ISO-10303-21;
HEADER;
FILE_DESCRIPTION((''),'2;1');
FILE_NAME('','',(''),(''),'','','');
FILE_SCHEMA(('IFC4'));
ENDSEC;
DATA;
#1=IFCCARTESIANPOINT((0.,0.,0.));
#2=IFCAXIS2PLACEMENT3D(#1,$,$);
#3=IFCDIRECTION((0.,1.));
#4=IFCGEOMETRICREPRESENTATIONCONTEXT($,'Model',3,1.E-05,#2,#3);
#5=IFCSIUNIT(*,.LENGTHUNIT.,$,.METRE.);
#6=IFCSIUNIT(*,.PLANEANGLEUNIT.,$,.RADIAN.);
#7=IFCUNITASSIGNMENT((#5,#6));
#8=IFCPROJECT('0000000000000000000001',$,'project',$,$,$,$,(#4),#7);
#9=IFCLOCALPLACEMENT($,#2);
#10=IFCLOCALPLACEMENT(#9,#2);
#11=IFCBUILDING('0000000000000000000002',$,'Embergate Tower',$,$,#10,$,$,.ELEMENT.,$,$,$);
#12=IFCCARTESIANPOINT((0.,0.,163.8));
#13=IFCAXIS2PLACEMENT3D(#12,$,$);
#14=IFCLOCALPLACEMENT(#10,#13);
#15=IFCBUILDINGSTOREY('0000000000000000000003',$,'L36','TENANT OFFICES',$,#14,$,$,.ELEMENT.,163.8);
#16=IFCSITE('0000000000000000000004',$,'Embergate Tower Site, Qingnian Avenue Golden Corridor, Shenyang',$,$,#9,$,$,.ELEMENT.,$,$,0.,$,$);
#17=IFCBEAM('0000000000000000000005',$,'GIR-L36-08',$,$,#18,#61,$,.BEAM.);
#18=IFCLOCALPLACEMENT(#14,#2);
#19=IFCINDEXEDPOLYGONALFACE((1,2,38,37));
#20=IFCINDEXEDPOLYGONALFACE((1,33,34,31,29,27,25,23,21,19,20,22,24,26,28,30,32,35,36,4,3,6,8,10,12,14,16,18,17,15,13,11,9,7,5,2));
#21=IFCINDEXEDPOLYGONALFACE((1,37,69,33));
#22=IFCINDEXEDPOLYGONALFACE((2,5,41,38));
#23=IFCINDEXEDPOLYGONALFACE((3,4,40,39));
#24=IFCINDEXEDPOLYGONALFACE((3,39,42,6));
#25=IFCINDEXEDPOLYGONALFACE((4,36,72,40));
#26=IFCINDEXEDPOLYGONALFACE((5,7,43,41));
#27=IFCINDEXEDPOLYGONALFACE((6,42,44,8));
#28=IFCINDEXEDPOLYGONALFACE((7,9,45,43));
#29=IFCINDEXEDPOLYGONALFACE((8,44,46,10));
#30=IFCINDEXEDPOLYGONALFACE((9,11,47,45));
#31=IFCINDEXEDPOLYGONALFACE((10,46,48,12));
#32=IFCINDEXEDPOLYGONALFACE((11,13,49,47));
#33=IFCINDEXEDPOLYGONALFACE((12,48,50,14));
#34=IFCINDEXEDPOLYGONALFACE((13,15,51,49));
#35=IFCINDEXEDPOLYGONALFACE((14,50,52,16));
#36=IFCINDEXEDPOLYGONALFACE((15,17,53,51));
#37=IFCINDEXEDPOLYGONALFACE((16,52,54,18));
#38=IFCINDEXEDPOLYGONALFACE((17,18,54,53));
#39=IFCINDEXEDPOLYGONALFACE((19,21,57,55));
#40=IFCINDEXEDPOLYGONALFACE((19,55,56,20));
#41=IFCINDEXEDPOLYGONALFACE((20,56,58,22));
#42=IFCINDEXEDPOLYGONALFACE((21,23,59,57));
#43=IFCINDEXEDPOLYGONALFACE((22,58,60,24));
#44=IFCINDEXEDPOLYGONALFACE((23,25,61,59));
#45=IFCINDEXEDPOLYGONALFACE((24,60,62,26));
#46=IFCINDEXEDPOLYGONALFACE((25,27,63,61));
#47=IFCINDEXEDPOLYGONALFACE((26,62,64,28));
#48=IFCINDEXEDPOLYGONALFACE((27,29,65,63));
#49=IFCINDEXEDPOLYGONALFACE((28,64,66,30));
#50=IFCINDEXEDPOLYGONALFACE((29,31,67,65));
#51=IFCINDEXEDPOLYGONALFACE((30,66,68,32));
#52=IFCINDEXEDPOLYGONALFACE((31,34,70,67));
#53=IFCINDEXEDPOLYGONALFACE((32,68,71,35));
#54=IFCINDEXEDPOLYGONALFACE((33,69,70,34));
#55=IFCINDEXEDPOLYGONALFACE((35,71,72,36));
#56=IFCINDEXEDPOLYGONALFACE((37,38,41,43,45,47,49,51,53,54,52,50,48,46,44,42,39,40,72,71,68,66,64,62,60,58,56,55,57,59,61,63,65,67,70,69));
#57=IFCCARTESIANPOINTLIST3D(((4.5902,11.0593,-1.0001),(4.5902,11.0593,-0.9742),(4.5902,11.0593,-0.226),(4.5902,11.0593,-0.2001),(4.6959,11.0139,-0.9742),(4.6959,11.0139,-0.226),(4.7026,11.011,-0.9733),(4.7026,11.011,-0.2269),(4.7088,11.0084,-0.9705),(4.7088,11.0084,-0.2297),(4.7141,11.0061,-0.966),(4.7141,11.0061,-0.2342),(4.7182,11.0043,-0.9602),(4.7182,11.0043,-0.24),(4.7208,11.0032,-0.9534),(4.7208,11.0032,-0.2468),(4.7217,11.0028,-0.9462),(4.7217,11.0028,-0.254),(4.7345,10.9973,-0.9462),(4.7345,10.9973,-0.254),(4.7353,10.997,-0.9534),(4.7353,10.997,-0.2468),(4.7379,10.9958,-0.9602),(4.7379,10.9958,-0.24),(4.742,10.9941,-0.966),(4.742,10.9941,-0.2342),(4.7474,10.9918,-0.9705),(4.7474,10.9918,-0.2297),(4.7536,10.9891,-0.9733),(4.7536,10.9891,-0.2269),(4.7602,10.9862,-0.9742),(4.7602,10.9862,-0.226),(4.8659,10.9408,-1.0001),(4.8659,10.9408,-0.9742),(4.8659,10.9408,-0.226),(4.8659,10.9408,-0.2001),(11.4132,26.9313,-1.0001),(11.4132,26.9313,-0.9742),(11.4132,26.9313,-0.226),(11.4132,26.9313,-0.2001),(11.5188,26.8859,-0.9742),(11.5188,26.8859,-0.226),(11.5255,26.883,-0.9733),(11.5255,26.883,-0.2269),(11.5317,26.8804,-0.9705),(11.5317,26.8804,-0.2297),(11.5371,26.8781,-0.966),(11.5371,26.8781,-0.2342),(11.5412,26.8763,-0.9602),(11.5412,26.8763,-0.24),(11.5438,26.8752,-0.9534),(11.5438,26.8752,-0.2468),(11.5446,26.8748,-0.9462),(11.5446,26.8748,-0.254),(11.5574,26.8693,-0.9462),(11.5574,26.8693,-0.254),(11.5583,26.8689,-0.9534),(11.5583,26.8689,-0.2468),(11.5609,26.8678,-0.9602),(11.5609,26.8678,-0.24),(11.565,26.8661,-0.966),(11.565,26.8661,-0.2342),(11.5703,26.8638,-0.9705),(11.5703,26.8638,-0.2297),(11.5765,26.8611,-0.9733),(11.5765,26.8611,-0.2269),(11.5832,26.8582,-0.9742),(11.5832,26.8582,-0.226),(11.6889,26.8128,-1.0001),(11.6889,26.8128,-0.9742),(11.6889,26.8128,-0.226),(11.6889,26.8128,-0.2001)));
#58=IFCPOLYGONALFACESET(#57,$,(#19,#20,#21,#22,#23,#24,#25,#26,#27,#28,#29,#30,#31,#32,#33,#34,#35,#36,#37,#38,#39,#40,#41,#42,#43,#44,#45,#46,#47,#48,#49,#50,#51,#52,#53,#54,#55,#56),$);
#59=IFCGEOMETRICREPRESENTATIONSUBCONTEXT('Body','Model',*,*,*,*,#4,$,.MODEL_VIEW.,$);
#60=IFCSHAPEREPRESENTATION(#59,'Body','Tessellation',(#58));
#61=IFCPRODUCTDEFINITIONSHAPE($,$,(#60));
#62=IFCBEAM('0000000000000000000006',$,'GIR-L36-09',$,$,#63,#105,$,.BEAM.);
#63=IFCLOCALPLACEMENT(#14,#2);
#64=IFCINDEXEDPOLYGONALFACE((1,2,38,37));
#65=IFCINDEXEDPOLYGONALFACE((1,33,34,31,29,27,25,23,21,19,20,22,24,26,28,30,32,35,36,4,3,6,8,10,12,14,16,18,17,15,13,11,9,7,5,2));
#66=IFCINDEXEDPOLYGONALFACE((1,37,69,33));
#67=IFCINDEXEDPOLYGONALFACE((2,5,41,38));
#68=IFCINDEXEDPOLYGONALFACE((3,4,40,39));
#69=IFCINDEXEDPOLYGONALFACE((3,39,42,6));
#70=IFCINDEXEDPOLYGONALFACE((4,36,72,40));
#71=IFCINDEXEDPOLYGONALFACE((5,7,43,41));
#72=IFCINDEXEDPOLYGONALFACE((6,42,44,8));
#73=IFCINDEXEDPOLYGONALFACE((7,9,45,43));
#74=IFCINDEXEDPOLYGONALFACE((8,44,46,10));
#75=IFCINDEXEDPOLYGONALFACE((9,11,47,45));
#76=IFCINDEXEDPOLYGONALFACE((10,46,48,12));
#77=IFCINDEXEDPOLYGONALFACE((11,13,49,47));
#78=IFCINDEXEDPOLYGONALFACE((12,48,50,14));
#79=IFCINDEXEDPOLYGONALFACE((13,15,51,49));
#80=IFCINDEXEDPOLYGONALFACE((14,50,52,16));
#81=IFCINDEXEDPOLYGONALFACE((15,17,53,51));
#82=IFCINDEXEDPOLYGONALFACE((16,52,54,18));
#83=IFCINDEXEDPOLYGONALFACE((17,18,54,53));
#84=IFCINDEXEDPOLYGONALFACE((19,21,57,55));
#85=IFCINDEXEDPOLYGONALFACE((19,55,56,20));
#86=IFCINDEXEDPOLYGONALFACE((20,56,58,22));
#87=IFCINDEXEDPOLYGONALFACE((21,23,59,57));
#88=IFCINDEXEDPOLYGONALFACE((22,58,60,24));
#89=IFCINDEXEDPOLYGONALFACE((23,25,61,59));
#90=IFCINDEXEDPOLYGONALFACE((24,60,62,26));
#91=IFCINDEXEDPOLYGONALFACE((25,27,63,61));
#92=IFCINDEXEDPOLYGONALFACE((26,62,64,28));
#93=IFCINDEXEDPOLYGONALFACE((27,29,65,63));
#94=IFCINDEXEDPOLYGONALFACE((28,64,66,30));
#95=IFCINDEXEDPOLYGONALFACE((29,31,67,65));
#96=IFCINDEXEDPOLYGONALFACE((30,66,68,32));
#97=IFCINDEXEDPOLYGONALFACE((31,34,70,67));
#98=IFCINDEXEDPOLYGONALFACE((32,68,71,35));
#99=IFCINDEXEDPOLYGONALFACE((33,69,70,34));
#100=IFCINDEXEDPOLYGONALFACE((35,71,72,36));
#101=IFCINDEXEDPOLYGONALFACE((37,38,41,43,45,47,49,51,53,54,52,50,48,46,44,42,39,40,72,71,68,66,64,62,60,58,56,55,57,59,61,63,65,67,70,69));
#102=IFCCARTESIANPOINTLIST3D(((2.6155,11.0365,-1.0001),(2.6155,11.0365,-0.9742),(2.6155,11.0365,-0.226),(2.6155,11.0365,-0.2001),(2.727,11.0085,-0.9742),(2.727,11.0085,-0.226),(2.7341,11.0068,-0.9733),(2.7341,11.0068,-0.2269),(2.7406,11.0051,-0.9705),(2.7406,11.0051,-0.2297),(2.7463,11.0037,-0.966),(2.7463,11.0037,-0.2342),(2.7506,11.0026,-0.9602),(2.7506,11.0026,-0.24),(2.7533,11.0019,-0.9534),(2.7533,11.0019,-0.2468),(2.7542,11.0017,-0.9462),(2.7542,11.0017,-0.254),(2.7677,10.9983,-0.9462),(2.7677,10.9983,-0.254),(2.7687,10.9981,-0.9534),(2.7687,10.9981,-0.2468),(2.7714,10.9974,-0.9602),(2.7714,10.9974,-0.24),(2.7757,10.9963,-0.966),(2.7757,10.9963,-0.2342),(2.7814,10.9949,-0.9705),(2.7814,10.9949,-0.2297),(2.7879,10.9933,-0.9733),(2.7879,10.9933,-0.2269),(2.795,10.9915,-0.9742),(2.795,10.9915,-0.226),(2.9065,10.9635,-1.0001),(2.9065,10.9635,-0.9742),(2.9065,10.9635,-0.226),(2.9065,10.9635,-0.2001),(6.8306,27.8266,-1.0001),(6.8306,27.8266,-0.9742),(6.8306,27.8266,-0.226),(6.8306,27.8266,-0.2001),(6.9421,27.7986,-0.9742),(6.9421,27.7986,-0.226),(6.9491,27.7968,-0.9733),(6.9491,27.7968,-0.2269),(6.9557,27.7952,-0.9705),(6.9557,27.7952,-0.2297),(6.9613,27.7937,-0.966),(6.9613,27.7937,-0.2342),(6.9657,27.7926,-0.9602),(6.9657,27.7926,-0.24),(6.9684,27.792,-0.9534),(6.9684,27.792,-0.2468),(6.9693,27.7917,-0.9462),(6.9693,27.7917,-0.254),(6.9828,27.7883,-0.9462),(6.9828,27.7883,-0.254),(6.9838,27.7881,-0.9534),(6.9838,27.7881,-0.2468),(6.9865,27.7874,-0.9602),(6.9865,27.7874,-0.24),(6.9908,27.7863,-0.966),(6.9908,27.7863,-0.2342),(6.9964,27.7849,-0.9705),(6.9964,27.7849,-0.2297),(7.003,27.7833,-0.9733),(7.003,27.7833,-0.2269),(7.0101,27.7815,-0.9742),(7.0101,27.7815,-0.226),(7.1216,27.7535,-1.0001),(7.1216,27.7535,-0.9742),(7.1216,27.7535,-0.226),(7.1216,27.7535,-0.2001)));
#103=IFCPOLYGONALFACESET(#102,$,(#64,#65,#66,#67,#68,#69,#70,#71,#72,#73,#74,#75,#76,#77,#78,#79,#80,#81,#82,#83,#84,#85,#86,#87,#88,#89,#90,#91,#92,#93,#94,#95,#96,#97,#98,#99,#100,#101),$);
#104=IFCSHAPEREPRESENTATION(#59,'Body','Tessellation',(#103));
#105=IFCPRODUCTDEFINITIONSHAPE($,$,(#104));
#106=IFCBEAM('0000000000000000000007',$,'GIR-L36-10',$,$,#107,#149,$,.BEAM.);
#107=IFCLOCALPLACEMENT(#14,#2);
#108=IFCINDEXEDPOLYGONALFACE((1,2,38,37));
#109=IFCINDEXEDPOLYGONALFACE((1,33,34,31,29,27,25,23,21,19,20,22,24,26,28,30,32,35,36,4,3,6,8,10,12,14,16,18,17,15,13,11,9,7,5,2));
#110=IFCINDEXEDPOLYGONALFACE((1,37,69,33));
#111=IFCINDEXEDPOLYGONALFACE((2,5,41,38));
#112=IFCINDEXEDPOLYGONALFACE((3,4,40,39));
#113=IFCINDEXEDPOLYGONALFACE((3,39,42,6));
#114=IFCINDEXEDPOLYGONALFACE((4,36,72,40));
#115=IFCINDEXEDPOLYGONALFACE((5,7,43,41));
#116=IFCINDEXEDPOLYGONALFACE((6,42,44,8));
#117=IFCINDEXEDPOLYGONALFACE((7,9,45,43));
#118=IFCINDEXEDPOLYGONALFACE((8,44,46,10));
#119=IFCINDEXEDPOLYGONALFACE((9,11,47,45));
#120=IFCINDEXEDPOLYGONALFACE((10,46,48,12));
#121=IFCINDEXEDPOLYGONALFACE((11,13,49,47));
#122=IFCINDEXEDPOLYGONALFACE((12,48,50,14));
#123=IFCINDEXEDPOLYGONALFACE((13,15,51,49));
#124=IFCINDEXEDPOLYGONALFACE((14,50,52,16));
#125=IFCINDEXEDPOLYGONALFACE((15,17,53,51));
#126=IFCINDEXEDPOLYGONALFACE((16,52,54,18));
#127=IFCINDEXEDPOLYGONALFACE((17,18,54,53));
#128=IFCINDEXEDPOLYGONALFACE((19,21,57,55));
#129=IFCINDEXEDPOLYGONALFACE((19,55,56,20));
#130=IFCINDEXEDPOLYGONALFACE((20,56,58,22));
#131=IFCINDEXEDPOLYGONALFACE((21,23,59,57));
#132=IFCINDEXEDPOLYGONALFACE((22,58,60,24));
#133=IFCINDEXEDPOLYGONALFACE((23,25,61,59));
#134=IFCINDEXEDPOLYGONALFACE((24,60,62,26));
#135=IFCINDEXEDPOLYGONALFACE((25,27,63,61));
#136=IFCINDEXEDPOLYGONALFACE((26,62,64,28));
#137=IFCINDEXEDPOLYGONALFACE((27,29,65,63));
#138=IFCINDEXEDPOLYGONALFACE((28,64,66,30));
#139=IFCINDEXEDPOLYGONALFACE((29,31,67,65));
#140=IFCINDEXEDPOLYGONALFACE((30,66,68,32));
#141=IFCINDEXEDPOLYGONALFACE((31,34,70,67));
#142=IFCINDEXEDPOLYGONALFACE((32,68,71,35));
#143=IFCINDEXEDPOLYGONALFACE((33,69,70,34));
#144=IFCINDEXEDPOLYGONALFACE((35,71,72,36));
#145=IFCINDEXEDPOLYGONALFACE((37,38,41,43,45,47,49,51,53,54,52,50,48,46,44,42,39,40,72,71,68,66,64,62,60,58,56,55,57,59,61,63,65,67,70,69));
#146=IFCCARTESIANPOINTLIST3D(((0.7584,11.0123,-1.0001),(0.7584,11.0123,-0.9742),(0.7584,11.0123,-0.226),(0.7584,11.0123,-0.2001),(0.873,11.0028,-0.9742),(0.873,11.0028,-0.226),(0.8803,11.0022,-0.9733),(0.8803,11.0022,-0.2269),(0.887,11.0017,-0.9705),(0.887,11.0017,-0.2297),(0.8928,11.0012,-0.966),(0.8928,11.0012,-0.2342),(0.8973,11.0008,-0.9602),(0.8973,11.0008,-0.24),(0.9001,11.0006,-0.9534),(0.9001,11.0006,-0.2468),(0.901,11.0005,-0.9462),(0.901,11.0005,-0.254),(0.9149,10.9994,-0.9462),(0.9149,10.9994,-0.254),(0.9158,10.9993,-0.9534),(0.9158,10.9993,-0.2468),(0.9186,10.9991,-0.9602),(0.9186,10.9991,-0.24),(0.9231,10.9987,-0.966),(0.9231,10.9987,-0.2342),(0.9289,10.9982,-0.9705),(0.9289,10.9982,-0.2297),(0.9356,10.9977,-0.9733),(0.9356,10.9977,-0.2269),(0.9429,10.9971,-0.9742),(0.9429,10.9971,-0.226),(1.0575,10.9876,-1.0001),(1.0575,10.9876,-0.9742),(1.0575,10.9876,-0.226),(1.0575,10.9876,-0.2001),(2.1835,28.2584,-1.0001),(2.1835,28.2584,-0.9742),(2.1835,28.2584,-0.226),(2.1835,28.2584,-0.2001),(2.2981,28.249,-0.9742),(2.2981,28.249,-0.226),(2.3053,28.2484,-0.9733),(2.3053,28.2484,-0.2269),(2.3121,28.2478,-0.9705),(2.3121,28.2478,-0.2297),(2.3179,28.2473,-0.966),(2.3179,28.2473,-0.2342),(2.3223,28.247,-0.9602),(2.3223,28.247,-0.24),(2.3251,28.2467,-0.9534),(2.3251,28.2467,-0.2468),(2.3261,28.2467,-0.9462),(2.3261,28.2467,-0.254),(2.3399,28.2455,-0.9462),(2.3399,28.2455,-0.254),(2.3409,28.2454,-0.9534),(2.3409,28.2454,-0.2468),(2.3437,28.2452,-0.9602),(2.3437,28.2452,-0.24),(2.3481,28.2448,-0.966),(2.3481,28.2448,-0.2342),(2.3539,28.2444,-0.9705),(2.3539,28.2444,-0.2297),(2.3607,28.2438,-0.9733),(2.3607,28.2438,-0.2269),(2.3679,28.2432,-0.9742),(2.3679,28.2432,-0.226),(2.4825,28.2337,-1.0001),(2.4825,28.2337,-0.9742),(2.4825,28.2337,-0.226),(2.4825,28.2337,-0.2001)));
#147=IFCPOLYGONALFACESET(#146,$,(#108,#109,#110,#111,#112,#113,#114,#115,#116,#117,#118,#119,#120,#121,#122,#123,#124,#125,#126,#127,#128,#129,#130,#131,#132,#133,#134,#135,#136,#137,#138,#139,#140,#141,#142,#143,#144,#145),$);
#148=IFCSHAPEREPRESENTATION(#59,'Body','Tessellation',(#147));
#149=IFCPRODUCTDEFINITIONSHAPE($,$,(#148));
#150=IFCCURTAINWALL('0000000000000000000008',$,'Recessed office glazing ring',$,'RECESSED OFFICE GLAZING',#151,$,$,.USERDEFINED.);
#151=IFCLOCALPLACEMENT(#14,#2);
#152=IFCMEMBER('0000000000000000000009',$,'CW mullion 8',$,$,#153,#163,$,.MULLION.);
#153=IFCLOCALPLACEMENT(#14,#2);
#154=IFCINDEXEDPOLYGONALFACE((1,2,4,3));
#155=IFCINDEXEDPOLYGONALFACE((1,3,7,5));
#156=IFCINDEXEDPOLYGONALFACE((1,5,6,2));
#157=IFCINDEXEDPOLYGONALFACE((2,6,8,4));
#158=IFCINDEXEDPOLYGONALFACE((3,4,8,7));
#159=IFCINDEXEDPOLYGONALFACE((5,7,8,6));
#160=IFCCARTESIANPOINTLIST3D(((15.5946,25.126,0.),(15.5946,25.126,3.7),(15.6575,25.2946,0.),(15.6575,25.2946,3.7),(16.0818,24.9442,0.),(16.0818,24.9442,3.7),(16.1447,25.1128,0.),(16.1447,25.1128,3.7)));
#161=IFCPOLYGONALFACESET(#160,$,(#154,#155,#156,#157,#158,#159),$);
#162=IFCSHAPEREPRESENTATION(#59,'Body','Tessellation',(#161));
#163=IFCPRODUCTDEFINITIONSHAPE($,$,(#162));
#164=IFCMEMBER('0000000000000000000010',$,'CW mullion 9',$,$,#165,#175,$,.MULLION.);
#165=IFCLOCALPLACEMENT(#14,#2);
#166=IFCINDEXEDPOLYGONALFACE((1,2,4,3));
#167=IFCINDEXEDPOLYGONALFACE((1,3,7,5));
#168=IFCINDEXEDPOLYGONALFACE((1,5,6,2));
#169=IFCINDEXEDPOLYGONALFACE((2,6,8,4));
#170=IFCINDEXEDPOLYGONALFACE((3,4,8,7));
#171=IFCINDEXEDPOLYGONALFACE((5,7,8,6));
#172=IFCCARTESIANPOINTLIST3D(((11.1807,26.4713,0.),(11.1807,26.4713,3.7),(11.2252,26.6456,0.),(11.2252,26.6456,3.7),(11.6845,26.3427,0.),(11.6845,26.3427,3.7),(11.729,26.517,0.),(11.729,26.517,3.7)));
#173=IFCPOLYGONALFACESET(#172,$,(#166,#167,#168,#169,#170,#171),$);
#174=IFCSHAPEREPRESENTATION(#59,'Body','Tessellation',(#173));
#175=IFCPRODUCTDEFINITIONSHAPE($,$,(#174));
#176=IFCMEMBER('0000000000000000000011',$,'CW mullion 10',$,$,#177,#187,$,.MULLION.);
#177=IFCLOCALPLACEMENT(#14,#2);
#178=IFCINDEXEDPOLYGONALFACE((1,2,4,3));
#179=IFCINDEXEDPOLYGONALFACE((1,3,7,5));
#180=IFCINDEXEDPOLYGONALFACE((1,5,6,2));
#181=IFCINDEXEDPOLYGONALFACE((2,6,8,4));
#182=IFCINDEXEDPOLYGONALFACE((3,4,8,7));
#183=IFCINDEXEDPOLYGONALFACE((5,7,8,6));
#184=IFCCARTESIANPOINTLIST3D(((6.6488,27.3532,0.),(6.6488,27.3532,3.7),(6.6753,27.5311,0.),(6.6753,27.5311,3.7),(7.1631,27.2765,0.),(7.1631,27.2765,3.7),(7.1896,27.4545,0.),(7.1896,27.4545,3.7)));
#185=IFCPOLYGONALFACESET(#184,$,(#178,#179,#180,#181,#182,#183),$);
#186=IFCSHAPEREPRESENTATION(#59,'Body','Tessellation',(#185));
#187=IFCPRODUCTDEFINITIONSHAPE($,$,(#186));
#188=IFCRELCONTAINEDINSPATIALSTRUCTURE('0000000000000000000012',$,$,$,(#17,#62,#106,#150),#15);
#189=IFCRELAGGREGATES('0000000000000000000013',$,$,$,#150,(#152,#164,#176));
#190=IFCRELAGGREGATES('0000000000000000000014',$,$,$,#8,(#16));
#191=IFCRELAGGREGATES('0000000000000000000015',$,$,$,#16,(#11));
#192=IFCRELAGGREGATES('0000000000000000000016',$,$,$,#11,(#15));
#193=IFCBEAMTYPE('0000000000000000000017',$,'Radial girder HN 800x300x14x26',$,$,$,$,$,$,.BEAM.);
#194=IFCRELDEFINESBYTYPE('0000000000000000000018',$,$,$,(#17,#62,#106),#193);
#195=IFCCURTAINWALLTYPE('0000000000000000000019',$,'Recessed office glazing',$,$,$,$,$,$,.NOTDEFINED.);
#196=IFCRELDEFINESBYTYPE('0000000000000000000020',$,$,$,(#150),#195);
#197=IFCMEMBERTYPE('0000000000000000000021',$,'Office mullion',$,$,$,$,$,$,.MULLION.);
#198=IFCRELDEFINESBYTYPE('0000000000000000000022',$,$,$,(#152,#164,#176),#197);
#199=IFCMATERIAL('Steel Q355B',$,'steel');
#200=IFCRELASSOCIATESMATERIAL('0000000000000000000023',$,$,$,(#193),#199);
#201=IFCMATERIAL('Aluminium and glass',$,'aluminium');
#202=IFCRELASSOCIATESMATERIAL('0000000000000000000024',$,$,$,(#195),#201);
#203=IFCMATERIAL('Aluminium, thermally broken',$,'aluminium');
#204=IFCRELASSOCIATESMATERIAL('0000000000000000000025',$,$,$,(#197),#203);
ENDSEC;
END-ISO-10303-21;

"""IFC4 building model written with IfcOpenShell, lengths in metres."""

from ifc_helpers import new_model, si_unit, direction, frame, origin, origin_2d, place, context, subcontext, project, spatial, rectangle, i_section, extrude, source, transform, mapped, material, material_profile, profile_set, type_object, element, aggregate, save


model = new_model("IFC4")

# Units and contexts
model_context = context("Model", 3, precision=1e-05, world=origin(), true_north=direction((0.0, 1.0)))
body_context = subcontext(model_context, "Body", "Model", "MODEL_VIEW")
ifc_project = project(units=[si_unit("LENGTHUNIT", "METRE"), si_unit("PLANEANGLEUNIT", "RADIAN")], contexts=[model_context])

# Site, building, storey
site_placement = place(None, origin())
site = spatial("IfcSite", under=ifc_project, at=site_placement, Name="Embergate Tower Site, Qingnian Avenue Golden Corridor, Shenyang", CompositionType="ELEMENT", RefElevation=0.0)
building_placement = place(site_placement, origin())
building = spatial("IfcBuilding", under=site, at=building_placement, Name="Embergate Tower", CompositionType="ELEMENT")
storey_placement = place(building_placement, frame((0.0, 0.0, 163.8)))
storey = spatial("IfcBuildingStorey", under=building, at=storey_placement, Name="L36", Description="TENANT OFFICES", CompositionType="ELEMENT", Elevation=163.8)

# Beams
ifc_material_1 = material(Name="Steel Q355B", Category="steel")
ifc_material_profile_1 = material_profile(ifc_material_1, i_section(OverallWidth=0.3, OverallDepth=0.8, WebThickness=0.0139, FlangeThickness=0.0259, FilletRadius=0.0281, at=origin_2d()), Name="HN 800x300x14x26")
ifc_profile_set_1 = profile_set([ifc_material_profile_1], Name="Steel Q355 grade B")
beam_type_1 = type_object("IfcBeamType", Name="Radial girder HN 800x300x14x26", PredefinedType="BEAM", material=ifc_profile_set_1)
shared_shape_1 = source(origin(), body_context, "Body", "SweptSolid", [
    extrude(i_section(OverallWidth=0.3, OverallDepth=0.8, WebThickness=0.0139, FlangeThickness=0.0259, FilletRadius=0.0281, at=origin_2d()), origin(), (0.0, 0.0, 1.0), 17.2764),
])
beam_1_placement = place(storey_placement, frame((11.551, 26.8721, -0.6001), z_axis=(-0.39493, -0.918711, 0.0), x_axis=(0.918711, -0.39493, 0.0)))
element("IfcBeam", 1, at=beam_1_placement, inside=storey, type_object=beam_type_1, Name="GIR-L36-08", PredefinedType="BEAM", context=body_context, shape_type="MappedRepresentation", body=[
    mapped(shared_shape_1, transform((0.0, 0.0, 0.0))),
])
shared_shape_2 = source(origin(), body_context, "Body", "SweptSolid", [
    extrude(i_section(OverallWidth=0.3, OverallDepth=0.8, WebThickness=0.0139, FlangeThickness=0.0259, FilletRadius=0.0281, at=origin_2d()), origin(), (0.0, 0.0, 1.0), 17.311),
])
beam_2_placement = place(storey_placement, frame((6.9761, 27.79, -0.6001), z_axis=(-0.243491, -0.969903, 0.0), x_axis=(0.969903, -0.243491, 0.0)))
element("IfcBeam", 2, at=beam_2_placement, inside=storey, type_object=beam_type_1, Name="GIR-L36-09", PredefinedType="BEAM", context=body_context, shape_type="MappedRepresentation", body=[
    mapped(shared_shape_2, transform((0.0, 0.0, 0.0))),
])
shared_shape_3 = source(origin(), body_context, "Body", "SweptSolid", [
    extrude(i_section(OverallWidth=0.3, OverallDepth=0.8, WebThickness=0.0139, FlangeThickness=0.0259, FilletRadius=0.0281, at=origin_2d()), origin(), (0.0, 0.0, 1.0), 17.3049),
])
beam_3_placement = place(storey_placement, frame((2.333, 28.2461, -0.6001), z_axis=(-0.08235, -0.996604, 0.0), x_axis=(0.996604, -0.08235, 0.0)))
element("IfcBeam", 3, at=beam_3_placement, inside=storey, type_object=beam_type_1, Name="GIR-L36-10", PredefinedType="BEAM", context=body_context, shape_type="MappedRepresentation", body=[
    mapped(shared_shape_3, transform((0.0, 0.0, 0.0))),
])

# Curtain wall, members
ifc_material_2 = material(Name="Aluminium and glass", Category="aluminium")
curtain_wall_type = type_object("IfcCurtainWallType", Name="Recessed office glazing", PredefinedType="NOTDEFINED", material=ifc_material_2)
curtain_wall_placement = place(storey_placement, origin())
curtain_wall = element("IfcCurtainWall", 4, at=curtain_wall_placement, inside=storey, type_object=curtain_wall_type, Name="Recessed office glazing ring", ObjectType="RECESSED OFFICE GLAZING", PredefinedType="USERDEFINED")
ifc_material_3 = material(Name="Aluminium, thermally broken", Category="aluminium")
ifc_material_profile_2 = material_profile(ifc_material_3, rectangle(XDim=0.1799, YDim=0.52, at=origin_2d()), Name="AL 520x180")
ifc_profile_set_2 = profile_set([ifc_material_profile_2], Name="Aluminium, thermally broken")
member_type_1 = type_object("IfcMemberType", Name="Office mullion", PredefinedType="MULLION", material=ifc_profile_set_2)
shared_shape_4 = source(origin(), body_context, "Body", "SweptSolid", [
    extrude(rectangle(XDim=0.1799, YDim=0.52, at=origin_2d()), origin(), (0.0, 0.0, 1.0), 3.7),
])
member_1_placement = place(storey_placement, frame((15.8696, 25.1194, 0.0), z_axis=(0.0, 0.0, 1.0), x_axis=(-0.349503, -0.936935, 0.0)))
member_1 = element("IfcMember", 5, at=member_1_placement, type_object=member_type_1, Name="CW mullion 8", PredefinedType="MULLION", context=body_context, shape_type="MappedRepresentation", body=[
    mapped(shared_shape_4, transform((0.0, 0.0, 0.0))),
])
member_2_placement = place(storey_placement, frame((11.4548, 26.4941, 0.0), z_axis=(0.0, 0.0, 1.0), x_axis=(-0.247312, -0.968936, 0.0)))
member_2 = element("IfcMember", 6, at=member_2_placement, type_object=member_type_1, Name="CW mullion 9", PredefinedType="MULLION", context=body_context, shape_type="MappedRepresentation", body=[
    mapped(shared_shape_4, transform((0.0, 0.0, 0.0))),
])
member_3_placement = place(storey_placement, frame((6.9192, 27.4038, 0.0), z_axis=(0.0, 0.0, 1.0), x_axis=(-0.147412, -0.989075, 0.0)))
member_3 = element("IfcMember", 7, at=member_3_placement, type_object=member_type_1, Name="CW mullion 10", PredefinedType="MULLION", context=body_context, shape_type="MappedRepresentation", body=[
    mapped(shared_shape_4, transform((0.0, 0.0, 0.0))),
])
aggregate(curtain_wall, [member_1, member_2, member_3])

save(model, "model.ifc")
